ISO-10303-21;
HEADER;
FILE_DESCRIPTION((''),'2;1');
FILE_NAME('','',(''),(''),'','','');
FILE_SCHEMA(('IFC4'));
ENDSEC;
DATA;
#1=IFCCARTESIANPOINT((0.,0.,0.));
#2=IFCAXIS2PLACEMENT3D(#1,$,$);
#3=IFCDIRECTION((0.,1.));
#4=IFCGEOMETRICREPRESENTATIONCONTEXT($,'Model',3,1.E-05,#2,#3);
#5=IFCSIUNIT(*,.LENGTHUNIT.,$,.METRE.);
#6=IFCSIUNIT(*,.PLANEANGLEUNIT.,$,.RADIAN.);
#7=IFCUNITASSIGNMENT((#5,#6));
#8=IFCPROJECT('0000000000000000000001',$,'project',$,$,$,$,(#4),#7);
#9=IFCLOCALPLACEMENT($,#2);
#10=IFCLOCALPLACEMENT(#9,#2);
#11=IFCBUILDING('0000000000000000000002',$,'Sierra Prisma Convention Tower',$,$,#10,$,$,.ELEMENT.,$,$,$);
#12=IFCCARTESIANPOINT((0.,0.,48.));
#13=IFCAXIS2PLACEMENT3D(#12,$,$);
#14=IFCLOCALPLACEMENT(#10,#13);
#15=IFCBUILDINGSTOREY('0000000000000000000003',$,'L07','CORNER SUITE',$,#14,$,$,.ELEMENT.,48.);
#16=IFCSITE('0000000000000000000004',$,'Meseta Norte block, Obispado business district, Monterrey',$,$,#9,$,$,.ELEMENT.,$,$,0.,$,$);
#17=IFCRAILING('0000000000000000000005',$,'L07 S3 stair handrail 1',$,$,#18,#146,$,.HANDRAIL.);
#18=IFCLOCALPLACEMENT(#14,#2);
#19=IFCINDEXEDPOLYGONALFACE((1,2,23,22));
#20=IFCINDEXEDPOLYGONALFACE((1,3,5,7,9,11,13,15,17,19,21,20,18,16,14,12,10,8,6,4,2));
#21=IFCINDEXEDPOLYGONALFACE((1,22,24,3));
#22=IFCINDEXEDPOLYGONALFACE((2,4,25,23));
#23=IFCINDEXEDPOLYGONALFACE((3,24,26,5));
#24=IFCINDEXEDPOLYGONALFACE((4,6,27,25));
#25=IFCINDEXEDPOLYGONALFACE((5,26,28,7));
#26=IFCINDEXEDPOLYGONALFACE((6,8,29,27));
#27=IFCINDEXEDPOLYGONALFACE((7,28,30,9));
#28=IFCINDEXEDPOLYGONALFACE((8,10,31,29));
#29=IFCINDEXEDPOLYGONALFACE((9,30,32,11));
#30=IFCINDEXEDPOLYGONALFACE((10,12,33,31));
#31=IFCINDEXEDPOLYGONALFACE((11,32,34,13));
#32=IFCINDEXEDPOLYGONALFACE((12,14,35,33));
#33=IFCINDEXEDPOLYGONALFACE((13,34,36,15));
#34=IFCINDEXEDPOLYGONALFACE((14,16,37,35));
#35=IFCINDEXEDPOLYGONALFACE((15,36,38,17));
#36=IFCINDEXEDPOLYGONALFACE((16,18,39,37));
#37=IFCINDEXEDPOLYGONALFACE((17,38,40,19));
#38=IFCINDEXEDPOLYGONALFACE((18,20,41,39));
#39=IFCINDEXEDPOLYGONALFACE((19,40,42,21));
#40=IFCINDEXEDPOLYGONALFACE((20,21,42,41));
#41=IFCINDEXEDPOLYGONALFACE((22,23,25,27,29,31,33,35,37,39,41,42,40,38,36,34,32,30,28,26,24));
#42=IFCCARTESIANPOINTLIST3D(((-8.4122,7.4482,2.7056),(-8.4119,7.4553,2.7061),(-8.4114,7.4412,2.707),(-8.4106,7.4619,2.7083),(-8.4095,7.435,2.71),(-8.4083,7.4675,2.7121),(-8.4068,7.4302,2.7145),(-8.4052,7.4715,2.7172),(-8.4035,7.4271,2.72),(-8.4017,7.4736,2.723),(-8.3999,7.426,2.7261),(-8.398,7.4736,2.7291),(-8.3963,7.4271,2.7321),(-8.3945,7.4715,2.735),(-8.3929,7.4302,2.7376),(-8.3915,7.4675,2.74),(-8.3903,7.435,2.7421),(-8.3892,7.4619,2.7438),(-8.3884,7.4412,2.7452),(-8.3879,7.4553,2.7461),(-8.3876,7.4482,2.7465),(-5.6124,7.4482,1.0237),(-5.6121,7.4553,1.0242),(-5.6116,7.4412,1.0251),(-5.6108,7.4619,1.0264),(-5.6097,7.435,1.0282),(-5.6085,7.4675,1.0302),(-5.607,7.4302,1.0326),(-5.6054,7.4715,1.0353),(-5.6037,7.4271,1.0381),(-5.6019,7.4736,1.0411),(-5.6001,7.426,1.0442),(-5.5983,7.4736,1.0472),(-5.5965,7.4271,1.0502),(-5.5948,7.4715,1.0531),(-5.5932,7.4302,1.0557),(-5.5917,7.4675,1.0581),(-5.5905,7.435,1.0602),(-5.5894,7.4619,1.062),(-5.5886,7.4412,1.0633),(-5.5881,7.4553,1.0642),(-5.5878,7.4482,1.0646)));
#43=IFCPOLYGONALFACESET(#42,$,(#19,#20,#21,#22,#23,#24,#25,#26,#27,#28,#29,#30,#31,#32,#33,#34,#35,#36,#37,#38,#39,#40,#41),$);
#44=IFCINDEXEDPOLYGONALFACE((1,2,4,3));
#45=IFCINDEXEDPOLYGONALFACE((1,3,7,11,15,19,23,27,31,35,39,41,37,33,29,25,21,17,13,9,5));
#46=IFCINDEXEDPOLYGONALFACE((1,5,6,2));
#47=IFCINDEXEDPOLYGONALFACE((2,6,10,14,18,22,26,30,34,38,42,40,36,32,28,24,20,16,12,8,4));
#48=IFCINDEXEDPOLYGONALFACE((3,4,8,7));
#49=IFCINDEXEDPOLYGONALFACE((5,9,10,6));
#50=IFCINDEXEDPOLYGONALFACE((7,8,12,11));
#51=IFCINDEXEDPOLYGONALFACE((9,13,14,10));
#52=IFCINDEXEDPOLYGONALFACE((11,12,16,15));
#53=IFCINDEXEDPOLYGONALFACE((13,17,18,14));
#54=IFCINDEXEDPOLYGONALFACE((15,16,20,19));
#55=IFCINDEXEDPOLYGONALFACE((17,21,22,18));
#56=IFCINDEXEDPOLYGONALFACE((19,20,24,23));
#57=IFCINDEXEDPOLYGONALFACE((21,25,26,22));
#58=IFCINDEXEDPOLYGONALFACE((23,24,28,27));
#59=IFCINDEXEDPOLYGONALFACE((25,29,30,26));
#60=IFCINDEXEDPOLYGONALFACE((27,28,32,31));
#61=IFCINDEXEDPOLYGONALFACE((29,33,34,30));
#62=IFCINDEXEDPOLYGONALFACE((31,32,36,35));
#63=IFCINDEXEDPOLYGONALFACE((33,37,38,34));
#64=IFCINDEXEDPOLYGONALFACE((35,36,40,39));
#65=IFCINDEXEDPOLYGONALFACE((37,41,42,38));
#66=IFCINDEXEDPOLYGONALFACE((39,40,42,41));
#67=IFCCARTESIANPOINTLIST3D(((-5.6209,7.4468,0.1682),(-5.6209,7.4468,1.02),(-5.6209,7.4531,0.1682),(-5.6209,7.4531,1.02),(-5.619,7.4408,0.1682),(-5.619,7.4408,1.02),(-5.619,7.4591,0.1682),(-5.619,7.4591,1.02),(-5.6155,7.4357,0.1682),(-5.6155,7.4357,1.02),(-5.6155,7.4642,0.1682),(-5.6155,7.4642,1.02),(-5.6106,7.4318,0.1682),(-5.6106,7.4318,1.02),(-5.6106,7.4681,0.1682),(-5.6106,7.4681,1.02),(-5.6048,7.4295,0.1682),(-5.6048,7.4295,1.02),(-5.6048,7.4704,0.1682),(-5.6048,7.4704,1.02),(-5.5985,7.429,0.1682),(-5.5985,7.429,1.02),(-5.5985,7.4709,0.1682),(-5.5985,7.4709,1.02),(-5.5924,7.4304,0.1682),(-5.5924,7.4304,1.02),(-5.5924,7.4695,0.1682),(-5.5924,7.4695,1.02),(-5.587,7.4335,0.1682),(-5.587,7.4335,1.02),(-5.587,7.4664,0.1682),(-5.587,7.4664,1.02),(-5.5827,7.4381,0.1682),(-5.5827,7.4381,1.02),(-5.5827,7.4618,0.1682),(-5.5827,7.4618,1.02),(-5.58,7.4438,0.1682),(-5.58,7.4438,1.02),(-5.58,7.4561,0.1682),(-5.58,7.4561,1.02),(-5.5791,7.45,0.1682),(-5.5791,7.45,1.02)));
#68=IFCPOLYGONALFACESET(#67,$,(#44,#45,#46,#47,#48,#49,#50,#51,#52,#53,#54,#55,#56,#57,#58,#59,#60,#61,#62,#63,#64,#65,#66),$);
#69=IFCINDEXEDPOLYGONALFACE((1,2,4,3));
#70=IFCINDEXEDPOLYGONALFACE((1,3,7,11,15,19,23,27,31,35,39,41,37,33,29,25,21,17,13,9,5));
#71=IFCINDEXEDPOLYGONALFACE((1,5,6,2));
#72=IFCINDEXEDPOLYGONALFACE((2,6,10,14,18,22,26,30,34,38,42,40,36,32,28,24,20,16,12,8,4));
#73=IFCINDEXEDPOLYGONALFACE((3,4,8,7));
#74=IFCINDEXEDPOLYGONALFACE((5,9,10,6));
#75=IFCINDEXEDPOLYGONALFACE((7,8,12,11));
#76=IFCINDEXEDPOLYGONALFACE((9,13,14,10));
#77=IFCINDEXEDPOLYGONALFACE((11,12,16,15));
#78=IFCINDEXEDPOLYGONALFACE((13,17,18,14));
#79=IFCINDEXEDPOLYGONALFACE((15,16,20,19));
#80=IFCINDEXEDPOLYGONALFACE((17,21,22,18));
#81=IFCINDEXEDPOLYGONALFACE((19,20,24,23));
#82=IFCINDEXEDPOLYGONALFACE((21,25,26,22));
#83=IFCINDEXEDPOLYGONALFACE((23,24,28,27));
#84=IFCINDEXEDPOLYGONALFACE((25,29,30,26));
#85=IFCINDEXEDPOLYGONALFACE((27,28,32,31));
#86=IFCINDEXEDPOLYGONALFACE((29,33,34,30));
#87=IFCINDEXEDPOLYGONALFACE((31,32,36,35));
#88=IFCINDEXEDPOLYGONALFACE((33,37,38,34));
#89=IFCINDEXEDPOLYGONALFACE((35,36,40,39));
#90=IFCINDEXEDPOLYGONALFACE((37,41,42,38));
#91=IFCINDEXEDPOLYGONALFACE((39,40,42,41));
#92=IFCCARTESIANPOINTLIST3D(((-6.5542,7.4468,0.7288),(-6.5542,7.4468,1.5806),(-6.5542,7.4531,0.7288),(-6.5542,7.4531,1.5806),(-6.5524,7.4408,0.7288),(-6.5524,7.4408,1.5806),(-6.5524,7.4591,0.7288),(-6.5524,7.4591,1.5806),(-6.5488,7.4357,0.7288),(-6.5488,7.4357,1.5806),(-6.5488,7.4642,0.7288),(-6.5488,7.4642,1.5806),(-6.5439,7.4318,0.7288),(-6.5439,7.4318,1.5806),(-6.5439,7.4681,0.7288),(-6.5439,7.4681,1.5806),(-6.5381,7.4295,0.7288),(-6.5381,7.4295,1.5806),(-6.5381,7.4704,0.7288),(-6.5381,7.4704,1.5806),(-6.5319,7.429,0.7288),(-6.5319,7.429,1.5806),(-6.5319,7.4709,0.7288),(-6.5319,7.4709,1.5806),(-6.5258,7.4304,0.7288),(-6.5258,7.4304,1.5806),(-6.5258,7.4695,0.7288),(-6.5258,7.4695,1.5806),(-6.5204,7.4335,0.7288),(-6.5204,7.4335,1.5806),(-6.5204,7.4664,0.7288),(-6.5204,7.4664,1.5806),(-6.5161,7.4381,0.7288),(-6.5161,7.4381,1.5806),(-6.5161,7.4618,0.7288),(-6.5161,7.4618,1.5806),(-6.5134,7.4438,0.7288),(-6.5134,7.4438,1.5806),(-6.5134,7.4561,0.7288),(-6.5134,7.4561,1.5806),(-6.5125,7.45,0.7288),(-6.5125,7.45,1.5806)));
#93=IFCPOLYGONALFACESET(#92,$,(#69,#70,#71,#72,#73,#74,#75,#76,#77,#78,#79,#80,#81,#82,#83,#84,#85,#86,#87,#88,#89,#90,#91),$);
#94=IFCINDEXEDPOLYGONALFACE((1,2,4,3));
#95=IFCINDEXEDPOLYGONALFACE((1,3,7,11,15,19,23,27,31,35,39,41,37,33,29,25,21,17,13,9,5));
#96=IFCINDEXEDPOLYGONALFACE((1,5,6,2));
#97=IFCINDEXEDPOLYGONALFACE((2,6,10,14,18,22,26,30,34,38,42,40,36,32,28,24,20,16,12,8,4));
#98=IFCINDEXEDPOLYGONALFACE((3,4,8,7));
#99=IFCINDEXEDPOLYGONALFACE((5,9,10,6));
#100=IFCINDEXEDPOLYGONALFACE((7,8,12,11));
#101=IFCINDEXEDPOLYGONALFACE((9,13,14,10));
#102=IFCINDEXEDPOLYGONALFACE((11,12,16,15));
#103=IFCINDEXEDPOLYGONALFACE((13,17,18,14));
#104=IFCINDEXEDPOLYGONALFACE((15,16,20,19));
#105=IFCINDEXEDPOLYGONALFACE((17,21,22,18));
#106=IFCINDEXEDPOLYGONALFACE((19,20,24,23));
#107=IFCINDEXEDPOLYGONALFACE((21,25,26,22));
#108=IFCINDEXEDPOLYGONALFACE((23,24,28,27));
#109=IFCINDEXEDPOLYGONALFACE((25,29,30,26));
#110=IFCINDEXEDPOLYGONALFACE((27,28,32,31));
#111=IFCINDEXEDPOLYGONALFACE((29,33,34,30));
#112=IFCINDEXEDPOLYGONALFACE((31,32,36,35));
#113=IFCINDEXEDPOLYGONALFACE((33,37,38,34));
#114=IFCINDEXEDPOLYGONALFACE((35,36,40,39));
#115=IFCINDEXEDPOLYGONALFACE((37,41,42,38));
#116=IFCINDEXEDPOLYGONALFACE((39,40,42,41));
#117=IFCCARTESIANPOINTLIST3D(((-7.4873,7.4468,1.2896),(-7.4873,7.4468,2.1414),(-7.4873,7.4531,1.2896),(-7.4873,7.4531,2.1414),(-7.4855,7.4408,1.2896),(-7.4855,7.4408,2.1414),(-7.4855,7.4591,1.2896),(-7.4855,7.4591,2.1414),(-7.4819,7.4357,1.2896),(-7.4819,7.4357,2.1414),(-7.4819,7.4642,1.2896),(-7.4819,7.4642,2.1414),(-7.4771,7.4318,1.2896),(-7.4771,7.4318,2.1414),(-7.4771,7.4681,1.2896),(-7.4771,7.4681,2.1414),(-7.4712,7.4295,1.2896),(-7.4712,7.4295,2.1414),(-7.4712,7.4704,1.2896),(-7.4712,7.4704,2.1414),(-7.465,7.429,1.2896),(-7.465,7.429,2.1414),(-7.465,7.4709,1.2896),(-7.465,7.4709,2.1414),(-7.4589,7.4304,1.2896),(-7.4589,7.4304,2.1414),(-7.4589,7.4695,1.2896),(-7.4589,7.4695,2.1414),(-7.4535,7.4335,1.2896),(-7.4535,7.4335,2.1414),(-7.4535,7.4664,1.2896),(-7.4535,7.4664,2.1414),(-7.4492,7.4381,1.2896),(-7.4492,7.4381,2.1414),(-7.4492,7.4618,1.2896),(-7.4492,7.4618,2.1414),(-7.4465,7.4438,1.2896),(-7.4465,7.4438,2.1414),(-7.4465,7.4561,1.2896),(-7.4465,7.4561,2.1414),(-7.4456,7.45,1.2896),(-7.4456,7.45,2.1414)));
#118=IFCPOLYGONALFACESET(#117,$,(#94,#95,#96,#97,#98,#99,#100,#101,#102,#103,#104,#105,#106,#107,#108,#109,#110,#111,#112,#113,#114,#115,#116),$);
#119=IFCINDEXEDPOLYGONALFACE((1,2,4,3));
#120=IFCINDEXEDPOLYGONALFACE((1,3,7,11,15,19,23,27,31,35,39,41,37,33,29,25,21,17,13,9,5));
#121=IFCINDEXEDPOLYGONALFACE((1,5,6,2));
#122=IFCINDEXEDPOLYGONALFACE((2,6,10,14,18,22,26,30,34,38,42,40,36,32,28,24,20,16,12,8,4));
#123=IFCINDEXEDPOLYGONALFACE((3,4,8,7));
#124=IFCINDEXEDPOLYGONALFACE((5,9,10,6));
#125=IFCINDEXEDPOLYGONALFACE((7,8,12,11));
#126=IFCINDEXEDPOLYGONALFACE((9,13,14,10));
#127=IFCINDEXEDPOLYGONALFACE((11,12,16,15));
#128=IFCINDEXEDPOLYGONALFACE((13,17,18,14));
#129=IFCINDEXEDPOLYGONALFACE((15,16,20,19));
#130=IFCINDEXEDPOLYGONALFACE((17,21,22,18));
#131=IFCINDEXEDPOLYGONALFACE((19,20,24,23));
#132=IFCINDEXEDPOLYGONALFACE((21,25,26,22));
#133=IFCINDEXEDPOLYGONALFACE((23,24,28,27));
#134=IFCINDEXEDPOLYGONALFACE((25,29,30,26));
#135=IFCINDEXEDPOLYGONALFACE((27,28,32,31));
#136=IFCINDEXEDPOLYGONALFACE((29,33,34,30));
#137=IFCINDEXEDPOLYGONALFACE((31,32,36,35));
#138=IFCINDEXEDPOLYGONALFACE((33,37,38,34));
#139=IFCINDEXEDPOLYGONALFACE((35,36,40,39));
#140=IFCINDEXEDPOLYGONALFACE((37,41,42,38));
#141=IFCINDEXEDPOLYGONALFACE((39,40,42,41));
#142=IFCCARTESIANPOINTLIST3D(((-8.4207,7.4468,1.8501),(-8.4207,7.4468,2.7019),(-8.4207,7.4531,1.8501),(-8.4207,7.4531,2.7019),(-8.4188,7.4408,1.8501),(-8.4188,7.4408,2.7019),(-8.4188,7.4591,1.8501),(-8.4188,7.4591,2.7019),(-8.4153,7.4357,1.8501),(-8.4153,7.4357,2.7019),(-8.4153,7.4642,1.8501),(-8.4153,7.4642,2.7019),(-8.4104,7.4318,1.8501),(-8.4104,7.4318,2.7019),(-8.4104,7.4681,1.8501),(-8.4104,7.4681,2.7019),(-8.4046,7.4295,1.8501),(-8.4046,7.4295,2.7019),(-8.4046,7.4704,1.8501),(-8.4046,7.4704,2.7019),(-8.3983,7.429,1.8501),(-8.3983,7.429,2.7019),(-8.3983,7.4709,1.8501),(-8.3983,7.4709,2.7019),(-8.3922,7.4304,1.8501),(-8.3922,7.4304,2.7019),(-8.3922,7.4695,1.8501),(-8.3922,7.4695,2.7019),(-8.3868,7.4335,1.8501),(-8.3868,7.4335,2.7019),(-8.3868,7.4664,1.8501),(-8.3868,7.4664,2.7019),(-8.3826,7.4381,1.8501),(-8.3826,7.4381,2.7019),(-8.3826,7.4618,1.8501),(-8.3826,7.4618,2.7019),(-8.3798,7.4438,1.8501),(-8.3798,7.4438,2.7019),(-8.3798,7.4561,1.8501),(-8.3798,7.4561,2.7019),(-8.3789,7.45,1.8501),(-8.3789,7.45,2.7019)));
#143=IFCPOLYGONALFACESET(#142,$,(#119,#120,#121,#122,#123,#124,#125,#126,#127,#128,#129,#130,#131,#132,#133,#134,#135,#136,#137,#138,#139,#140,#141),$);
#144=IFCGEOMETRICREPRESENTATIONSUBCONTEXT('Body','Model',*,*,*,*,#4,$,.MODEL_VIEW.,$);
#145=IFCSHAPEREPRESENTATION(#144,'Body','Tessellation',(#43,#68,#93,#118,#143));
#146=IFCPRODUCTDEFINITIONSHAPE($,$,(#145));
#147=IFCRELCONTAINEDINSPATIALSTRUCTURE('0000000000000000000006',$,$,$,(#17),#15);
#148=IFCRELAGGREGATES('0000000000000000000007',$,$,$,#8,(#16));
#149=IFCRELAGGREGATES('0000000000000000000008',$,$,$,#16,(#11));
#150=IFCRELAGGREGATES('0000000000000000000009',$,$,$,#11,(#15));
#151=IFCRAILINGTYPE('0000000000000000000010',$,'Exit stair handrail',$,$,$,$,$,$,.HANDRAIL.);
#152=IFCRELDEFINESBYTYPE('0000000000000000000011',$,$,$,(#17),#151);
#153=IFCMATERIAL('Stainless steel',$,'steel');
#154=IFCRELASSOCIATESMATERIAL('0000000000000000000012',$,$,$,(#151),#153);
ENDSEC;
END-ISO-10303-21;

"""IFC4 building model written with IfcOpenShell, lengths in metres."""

from ifc_helpers import new_model, si_unit, direction, frame, origin, origin_2d, place, context, subcontext, project, spatial, circle, extrude, material, type_object, element, save


model = new_model("IFC4")

# Units and contexts
model_context = context("Model", 3, precision=1e-05, world=origin(), true_north=direction((0.0, 1.0)))
body_context = subcontext(model_context, "Body", "Model", "MODEL_VIEW")
ifc_project = project(units=[si_unit("LENGTHUNIT", "METRE"), si_unit("PLANEANGLEUNIT", "RADIAN")], contexts=[model_context])

# Site, building, storey
site_placement = place(None, origin())
site = spatial("IfcSite", under=ifc_project, at=site_placement, Name="Meseta Norte block, Obispado business district, Monterrey", CompositionType="ELEMENT", RefElevation=0.0)
building_placement = place(site_placement, origin())
building = spatial("IfcBuilding", under=site, at=building_placement, Name="Sierra Prisma Convention Tower", CompositionType="ELEMENT")
storey_placement = place(building_placement, frame((0.0, 0.0, 48.0)))
storey = spatial("IfcBuildingStorey", under=building, at=storey_placement, Name="L07", Description="CORNER SUITE", CompositionType="ELEMENT", Elevation=48.0)

# Railing
ifc_material_1 = material(Name="Stainless steel", Category="steel")
railing_type_1 = type_object("IfcRailingType", Name="Exit stair handrail", PredefinedType="HANDRAIL", material=ifc_material_1)
railing_1_placement = place(storey_placement, frame((-5.6001, 7.45, 0.1682)))
element("IfcRailing", 1, at=railing_1_placement, inside=storey, type_object=railing_type_1, Name="L07 S3 stair handrail 1", PredefinedType="HANDRAIL", context=body_context, shape_type="SweptSolid", body=[
    extrude(circle(Radius=0.0239, at=origin_2d()), frame((0.0, 0.0, 0.876), z_axis=(-0.857222, 0.0, 0.514946), x_axis=(0.0, -1.0, 0.0)), (0.0, 0.0, 1.0), 3.2661),
    extrude(circle(Radius=0.021, at=origin_2d()), origin(), (0.0, 0.0, 1.0), 0.8518),
    extrude(circle(Radius=0.021, at=origin_2d()), frame((-0.9333, 0.0, 0.5605)), (0.0, 0.0, 1.0), 0.8518),
    extrude(circle(Radius=0.021, at=origin_2d()), frame((-1.8665, 0.0, 1.1213)), (0.0, 0.0, 1.0), 0.8518),
    extrude(circle(Radius=0.021, at=origin_2d()), frame((-2.7998, 0.0, 1.6819)), (0.0, 0.0, 1.0), 0.8518),
])

save(model, "model.ifc")
